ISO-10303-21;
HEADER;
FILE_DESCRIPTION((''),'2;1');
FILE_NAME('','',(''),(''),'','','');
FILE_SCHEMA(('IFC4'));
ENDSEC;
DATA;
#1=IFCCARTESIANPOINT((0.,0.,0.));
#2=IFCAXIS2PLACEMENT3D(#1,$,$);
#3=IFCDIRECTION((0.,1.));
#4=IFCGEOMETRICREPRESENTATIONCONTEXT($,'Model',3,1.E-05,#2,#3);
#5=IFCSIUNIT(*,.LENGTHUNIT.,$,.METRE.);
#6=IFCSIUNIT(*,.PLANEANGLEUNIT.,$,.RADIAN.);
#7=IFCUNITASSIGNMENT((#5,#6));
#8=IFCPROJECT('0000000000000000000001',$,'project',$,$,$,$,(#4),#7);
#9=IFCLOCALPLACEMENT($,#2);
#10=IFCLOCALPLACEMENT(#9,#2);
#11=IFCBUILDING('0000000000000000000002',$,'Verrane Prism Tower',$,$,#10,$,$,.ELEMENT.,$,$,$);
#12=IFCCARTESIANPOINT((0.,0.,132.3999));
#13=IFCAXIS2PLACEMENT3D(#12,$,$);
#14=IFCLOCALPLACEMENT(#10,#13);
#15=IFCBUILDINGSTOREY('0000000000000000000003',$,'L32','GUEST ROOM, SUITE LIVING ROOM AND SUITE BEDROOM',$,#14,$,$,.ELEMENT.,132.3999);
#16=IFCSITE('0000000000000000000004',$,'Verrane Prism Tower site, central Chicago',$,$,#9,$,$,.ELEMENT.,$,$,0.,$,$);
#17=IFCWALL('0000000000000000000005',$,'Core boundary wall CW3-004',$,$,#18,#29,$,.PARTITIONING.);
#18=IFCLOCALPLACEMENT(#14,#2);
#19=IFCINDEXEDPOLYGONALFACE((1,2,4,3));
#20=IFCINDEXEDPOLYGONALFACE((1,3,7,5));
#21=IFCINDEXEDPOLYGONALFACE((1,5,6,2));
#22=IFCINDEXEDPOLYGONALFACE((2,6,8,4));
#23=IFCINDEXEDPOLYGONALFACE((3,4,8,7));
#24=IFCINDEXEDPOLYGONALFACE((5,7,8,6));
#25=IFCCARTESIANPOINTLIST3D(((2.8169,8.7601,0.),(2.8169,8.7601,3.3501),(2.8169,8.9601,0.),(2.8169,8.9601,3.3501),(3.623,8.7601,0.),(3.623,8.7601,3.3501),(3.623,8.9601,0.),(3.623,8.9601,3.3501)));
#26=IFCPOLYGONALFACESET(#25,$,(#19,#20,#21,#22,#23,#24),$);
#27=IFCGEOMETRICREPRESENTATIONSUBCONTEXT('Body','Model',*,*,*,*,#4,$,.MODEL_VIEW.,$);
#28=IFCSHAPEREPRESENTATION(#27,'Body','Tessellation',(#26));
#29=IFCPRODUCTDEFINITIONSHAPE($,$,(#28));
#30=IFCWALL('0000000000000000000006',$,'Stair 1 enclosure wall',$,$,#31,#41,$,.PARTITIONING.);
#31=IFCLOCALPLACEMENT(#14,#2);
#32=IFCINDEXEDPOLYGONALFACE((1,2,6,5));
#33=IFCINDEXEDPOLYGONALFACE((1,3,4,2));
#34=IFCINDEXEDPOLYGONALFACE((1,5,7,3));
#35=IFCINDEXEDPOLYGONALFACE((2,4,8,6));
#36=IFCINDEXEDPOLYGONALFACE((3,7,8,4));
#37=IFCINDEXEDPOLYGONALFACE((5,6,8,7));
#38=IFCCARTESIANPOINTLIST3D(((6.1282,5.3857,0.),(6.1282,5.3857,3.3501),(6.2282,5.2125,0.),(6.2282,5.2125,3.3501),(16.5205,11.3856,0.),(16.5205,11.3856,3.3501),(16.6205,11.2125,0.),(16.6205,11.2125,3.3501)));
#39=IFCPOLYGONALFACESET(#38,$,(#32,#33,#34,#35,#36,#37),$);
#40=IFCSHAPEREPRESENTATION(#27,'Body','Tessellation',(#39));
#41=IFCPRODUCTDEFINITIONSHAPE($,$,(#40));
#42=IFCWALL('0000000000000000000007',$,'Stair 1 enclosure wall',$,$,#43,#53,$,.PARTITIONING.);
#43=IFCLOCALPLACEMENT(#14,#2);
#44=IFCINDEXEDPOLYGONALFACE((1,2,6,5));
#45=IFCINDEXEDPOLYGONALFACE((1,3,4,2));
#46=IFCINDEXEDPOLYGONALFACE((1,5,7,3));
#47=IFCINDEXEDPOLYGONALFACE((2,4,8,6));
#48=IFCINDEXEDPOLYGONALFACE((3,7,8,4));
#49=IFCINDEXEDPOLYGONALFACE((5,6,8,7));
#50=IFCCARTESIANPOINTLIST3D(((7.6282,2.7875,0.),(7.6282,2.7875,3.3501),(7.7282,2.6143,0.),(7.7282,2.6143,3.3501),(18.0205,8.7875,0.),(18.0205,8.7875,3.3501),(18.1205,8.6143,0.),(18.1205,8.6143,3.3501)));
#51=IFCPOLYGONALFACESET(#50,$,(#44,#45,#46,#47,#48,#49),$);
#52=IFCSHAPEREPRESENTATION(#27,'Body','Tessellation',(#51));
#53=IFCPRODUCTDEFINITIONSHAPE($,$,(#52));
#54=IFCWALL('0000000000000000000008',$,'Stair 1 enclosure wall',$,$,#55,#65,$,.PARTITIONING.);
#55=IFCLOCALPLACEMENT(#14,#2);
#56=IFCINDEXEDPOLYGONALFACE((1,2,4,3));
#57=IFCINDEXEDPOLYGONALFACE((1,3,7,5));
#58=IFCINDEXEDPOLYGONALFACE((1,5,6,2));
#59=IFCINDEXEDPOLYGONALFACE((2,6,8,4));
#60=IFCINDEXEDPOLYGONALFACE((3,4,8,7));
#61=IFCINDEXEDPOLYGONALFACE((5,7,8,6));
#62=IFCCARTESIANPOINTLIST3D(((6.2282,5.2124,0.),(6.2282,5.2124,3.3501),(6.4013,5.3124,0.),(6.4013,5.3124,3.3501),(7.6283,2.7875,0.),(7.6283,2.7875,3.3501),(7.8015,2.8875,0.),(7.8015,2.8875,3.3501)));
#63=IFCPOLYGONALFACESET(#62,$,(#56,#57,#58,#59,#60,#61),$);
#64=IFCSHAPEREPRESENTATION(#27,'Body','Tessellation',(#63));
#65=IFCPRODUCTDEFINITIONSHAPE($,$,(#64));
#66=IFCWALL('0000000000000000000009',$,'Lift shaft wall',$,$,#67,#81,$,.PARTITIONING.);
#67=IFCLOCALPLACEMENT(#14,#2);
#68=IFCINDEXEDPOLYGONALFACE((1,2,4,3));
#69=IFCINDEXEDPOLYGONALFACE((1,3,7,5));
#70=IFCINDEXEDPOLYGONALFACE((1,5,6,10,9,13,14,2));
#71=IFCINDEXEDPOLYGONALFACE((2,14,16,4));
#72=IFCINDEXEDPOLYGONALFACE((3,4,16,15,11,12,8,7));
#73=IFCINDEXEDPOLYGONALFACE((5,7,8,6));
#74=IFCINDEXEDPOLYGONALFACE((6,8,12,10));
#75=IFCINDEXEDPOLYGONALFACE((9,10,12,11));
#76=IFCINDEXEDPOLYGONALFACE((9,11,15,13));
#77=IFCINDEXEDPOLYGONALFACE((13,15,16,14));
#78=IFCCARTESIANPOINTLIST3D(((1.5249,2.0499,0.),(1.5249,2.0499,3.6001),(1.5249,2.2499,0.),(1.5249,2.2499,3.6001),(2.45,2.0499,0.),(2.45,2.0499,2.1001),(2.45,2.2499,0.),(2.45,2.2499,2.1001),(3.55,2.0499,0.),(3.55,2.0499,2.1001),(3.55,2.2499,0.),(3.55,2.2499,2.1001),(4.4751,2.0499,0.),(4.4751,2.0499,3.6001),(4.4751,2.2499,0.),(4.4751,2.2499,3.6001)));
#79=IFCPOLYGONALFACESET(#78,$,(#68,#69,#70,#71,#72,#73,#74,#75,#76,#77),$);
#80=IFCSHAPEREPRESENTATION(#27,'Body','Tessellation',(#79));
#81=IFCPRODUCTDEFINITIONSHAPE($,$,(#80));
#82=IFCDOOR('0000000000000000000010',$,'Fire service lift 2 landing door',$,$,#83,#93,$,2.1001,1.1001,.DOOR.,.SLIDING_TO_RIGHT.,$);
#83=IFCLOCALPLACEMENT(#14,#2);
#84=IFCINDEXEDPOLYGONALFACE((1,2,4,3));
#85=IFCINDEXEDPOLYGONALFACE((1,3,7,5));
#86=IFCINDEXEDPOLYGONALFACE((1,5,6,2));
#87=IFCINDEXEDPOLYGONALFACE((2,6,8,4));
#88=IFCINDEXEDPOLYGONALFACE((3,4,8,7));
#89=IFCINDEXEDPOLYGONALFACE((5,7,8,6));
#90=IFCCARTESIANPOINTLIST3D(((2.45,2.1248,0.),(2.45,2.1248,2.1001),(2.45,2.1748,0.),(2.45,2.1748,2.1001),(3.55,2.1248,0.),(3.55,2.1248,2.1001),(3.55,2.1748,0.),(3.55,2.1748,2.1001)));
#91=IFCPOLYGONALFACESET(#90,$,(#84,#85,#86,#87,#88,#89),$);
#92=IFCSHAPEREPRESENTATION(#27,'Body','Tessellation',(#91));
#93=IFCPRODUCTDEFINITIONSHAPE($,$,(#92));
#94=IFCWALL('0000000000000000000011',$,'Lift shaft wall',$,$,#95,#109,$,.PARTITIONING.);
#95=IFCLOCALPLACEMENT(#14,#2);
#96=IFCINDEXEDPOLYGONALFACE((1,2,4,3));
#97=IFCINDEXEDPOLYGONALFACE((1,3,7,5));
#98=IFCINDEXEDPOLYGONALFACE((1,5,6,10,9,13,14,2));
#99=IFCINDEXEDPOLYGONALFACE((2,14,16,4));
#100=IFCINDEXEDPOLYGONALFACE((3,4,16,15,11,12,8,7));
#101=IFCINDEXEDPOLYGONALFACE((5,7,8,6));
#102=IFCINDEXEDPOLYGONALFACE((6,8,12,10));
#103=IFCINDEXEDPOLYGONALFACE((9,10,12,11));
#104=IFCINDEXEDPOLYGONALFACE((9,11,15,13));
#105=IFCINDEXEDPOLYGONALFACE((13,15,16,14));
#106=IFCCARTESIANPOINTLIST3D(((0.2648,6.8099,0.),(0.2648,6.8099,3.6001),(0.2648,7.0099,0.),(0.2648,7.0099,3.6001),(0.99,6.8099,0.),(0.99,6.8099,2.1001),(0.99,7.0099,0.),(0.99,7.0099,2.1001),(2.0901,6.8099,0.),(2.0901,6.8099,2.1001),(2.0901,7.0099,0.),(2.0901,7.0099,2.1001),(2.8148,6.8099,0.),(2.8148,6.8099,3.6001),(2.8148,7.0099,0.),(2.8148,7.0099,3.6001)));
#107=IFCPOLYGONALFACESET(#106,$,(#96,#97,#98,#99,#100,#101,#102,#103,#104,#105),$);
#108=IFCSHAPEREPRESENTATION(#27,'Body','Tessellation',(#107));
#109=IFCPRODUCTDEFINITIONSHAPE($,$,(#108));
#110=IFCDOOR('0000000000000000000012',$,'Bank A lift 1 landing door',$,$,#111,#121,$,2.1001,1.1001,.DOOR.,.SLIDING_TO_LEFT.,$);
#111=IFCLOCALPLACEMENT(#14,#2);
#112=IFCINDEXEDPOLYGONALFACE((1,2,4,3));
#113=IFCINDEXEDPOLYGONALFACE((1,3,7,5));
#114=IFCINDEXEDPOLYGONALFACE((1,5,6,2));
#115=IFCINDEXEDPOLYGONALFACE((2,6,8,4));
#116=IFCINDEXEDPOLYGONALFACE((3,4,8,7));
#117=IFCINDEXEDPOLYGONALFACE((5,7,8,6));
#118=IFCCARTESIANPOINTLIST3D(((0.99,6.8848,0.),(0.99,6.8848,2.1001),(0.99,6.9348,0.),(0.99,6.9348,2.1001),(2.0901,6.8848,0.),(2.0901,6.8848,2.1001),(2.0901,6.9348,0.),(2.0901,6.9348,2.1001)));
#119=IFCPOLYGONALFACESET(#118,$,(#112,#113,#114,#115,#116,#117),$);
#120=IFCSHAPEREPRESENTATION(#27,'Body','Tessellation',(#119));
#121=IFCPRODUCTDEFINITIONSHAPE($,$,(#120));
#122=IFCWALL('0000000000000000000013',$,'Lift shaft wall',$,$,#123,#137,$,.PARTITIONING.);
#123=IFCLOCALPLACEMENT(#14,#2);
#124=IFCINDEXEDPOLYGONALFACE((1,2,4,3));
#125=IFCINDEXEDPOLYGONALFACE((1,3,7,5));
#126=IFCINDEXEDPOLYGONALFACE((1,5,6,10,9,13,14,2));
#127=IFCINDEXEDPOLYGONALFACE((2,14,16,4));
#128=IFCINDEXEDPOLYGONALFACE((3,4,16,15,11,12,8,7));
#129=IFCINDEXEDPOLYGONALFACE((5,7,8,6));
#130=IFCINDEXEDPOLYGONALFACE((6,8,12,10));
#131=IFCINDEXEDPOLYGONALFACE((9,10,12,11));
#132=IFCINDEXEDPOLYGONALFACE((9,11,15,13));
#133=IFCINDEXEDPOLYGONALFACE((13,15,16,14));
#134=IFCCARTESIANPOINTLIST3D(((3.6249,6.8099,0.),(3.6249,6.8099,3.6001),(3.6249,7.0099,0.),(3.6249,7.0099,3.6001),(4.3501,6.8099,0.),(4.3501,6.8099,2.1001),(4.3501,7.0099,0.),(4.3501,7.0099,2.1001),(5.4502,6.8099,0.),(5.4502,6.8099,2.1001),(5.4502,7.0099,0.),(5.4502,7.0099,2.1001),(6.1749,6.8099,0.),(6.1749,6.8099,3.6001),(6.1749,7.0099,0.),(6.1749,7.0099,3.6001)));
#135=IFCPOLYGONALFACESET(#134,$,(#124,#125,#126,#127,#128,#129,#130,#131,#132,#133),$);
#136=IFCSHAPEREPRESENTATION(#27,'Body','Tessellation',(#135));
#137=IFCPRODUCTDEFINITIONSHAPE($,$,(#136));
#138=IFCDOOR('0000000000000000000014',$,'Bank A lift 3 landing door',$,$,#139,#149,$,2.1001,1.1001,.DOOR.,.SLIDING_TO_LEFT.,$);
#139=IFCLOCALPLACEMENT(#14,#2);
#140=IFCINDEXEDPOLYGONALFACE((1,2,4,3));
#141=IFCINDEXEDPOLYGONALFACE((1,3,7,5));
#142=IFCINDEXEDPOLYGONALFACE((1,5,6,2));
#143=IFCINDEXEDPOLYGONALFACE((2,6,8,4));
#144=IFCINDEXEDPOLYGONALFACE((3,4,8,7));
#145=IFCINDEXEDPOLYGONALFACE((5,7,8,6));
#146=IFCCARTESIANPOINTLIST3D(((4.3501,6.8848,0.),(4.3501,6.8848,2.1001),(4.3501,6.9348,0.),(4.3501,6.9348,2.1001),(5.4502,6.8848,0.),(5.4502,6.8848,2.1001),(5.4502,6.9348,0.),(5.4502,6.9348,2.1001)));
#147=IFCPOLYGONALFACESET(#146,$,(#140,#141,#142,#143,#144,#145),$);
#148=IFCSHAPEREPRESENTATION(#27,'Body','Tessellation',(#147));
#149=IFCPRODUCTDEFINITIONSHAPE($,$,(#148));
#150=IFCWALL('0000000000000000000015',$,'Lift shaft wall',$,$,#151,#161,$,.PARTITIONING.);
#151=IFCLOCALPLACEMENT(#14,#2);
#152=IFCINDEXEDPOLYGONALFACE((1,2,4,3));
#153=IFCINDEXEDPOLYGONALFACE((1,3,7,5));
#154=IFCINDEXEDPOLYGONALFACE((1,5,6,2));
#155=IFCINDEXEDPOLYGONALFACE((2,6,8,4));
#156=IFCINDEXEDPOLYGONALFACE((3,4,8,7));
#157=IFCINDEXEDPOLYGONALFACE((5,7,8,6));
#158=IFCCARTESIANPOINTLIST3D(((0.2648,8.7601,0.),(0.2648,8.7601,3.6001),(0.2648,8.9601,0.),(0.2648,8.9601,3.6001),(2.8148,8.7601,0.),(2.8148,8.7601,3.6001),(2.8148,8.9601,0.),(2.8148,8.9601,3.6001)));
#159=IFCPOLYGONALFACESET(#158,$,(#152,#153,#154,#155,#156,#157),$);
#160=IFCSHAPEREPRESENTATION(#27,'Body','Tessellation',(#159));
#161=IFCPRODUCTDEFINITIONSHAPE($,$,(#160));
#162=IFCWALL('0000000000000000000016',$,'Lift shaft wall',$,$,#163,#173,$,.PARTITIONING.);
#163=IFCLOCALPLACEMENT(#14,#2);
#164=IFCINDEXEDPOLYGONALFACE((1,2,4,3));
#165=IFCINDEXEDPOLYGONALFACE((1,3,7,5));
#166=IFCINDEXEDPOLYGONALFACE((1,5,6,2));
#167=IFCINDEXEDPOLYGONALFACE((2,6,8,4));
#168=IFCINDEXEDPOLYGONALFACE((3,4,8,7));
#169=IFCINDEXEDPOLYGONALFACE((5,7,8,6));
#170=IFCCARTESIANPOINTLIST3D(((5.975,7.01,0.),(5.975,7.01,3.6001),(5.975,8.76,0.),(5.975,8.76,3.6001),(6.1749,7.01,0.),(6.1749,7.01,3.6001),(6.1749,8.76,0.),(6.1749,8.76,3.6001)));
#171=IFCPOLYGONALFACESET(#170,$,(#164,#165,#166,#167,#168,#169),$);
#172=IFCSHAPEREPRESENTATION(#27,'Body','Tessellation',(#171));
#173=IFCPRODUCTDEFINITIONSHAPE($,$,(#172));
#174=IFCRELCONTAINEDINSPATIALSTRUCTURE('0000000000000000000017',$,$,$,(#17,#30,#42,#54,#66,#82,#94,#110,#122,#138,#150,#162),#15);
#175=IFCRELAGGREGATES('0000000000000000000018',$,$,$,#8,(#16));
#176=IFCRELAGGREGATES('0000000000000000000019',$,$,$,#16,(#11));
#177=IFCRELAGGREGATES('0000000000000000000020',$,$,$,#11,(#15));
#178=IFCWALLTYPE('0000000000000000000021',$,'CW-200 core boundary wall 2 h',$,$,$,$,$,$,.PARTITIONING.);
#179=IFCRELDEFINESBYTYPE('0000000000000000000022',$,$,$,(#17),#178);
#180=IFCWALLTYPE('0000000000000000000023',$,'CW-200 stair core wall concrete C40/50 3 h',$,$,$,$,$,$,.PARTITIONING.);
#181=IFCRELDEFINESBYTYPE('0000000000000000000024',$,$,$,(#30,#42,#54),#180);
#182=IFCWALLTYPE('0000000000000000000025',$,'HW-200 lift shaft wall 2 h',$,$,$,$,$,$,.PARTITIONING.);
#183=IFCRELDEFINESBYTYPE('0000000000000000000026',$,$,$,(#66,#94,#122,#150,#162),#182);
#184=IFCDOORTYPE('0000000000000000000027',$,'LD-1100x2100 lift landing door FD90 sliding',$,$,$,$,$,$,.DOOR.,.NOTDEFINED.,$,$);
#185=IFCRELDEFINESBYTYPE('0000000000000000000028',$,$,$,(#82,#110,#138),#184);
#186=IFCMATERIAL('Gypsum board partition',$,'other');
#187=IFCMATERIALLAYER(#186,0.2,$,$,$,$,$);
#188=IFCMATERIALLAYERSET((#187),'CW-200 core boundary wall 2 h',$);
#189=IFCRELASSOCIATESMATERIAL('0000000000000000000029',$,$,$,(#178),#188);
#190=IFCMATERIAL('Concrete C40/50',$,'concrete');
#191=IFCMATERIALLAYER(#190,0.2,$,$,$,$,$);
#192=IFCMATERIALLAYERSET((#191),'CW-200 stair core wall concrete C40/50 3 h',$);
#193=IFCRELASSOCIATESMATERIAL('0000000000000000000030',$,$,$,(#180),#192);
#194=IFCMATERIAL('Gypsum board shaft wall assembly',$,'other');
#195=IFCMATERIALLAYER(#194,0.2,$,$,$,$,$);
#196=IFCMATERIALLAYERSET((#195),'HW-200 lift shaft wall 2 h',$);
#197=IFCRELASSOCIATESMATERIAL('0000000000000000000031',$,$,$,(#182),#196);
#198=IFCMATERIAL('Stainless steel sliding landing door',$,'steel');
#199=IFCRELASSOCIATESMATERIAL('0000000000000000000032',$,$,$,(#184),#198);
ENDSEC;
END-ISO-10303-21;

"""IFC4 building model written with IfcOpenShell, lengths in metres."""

from ifc_helpers import new_model, si_unit, direction, frame, frame_2d, origin, place, context, subcontext, project, spatial, rectangle, extrude, material, layer, layer_set, type_object, element, fill, save


model = new_model("IFC4")

# Units and contexts
model_context = context("Model", 3, precision=1e-05, world=origin(), true_north=direction((0.0, 1.0)))
body_context = subcontext(model_context, "Body", "Model", "MODEL_VIEW")
ifc_project = project(units=[si_unit("LENGTHUNIT", "METRE"), si_unit("PLANEANGLEUNIT", "RADIAN")], contexts=[model_context])

# Site, building, storey
site_placement = place(None, origin())
site = spatial("IfcSite", under=ifc_project, at=site_placement, Name="Verrane Prism Tower site, central Chicago", CompositionType="ELEMENT", RefElevation=0.0)
building_placement = place(site_placement, origin())
building = spatial("IfcBuilding", under=site, at=building_placement, Name="Verrane Prism Tower", CompositionType="ELEMENT")
storey_placement = place(building_placement, frame((0.0, 0.0, 132.3999)))
storey = spatial("IfcBuildingStorey", under=building, at=storey_placement, Name="L32", Description="GUEST ROOM, SUITE LIVING ROOM AND SUITE BEDROOM", CompositionType="ELEMENT", Elevation=132.3999)

# Shared definitions
ifc_material_1 = material(Name="Gypsum board partition", Category="other")
ifc_layer_1 = layer(ifc_material_1, 0.2)
ifc_layer_set_1 = layer_set([ifc_layer_1], Name="CW-200 core boundary wall 2 h")
wall_type_1 = type_object("IfcWallType", Name="CW-200 core boundary wall 2 h", PredefinedType="PARTITIONING", material=ifc_layer_set_1)

# Walls
wall_1_placement = place(storey_placement, frame((2.8169, 8.8601, 0.0), z_axis=(0.0, 0.0, 1.0), x_axis=(1.0, 0.0, 0.0)))
element("IfcWall", 1, at=wall_1_placement, inside=storey, type_object=wall_type_1, Name="Core boundary wall CW3-004", PredefinedType="PARTITIONING", context=body_context, shape_type="SweptSolid", body=[
    extrude(rectangle(XDim=0.8062, YDim=0.2, at=frame_2d((0.4031, 0.0))), origin(), (0.0, 0.0, 1.0), 3.3501),
])
ifc_material_2 = material(Name="Concrete C40/50", Category="concrete")
ifc_layer_2 = layer(ifc_material_2, 0.2)
ifc_layer_set_2 = layer_set([ifc_layer_2], Name="CW-200 stair core wall concrete C40/50 3 h")
wall_type_2 = type_object("IfcWallType", Name="CW-200 stair core wall concrete C40/50 3 h", PredefinedType="PARTITIONING", material=ifc_layer_set_2)
for number, where, z_axis, x_axis, name in (
    (2, (6.1782, 5.2991, 0.0), (0.0, 0.0, 1.0), (0.866026, 0.499999, 0.0), "Stair 1 enclosure wall"),
    (3, (7.6782, 2.7009, 0.0), (0.0, 0.0, 1.0), (0.866026, 0.499999, 0.0), "Stair 1 enclosure wall"),
):
    element("IfcWall", number, at=place(storey_placement, frame(where, z_axis=z_axis, x_axis=x_axis)), inside=storey, type_object=wall_type_2, Name=name, PredefinedType="PARTITIONING", context=body_context, shape_type="SweptSolid", body=[
        extrude(rectangle(XDim=12.0, YDim=0.2, at=frame_2d((6.0, 0.0))), origin(), (0.0, 0.0, 1.0), 3.3501),
    ])
wall_2_placement = place(storey_placement, frame((7.7148, 2.8376, 0.0), z_axis=(0.0, 0.0, 1.0), x_axis=(-0.50005, 0.865997, 0.0)))
element("IfcWall", 4, at=wall_2_placement, inside=storey, type_object=wall_type_2, Name="Stair 1 enclosure wall", PredefinedType="PARTITIONING", context=body_context, shape_type="SweptSolid", body=[
    extrude(rectangle(XDim=2.8, YDim=0.2, at=frame_2d((1.3999, 0.0))), origin(), (0.0, 0.0, 1.0), 3.3501),
])

# Walls, openings, doors
ifc_material_3 = material(Name="Gypsum board shaft wall assembly", Category="other")
ifc_layer_3 = layer(ifc_material_3, 0.2)
ifc_layer_set_3 = layer_set([ifc_layer_3], Name="HW-200 lift shaft wall 2 h")
wall_type_3 = type_object("IfcWallType", Name="HW-200 lift shaft wall 2 h", PredefinedType="PARTITIONING", material=ifc_layer_set_3)
wall_3_placement = place(storey_placement, frame((1.5249, 2.1499, 0.0), z_axis=(0.0, 0.0, 1.0), x_axis=(1.0, 0.0, 0.0)))
wall_3 = element("IfcWall", 5, at=wall_3_placement, inside=storey, type_object=wall_type_3, Name="Lift shaft wall", PredefinedType="PARTITIONING", context=body_context, shape_type="SweptSolid", body=[
    extrude(rectangle(XDim=2.9502, YDim=0.2, at=frame_2d((1.4751, 0.0))), origin(), (0.0, 0.0, 1.0), 3.6001),
])
opening_1_placement = place(wall_3_placement, frame((0.925, 0.0, 0.0)))
opening_1 = element("IfcOpeningElement", 6, at=opening_1_placement, cuts=wall_3, PredefinedType="OPENING", context=body_context, shape_type="SweptSolid", body=[
    extrude(rectangle(XDim=1.1001, YDim=2.1001, at=frame_2d((0.55, 1.05))), frame((0.0, 0.1099, 0.0), z_axis=(0.0, -1.0, 0.0), x_axis=(1.0, 0.0, 0.0)), (0.0, 0.0, 1.0), 0.22),
])
ifc_material_4 = material(Name="Stainless steel sliding landing door", Category="steel")
door_type_1 = type_object("IfcDoorType", Name="LD-1100x2100 lift landing door FD90 sliding", OperationType="NOTDEFINED", PredefinedType="DOOR", material=ifc_material_4)
door_1_placement = place(opening_1_placement, origin())
door_1 = element("IfcDoor", 7, at=door_1_placement, inside=storey, type_object=door_type_1, Name="Fire service lift 2 landing door", OperationType="SLIDING_TO_RIGHT", OverallHeight=2.1001, OverallWidth=1.1001, PredefinedType="DOOR", context=body_context, shape_type="SweptSolid", body=[
    extrude(rectangle(XDim=1.1001, YDim=2.1001, at=frame_2d((0.55, 1.05))), frame((0.0, 0.0249, 0.0), z_axis=(0.0, -1.0, 0.0), x_axis=(1.0, 0.0, 0.0)), (0.0, 0.0, 1.0), 0.05),
])
fill(opening_1, door_1)
wall_4_placement = place(storey_placement, frame((0.2649, 6.9099, 0.0), z_axis=(0.0, 0.0, 1.0), x_axis=(1.0, 0.0, 0.0)))
wall_4 = element("IfcWall", 8, at=wall_4_placement, inside=storey, type_object=wall_type_3, Name="Lift shaft wall", PredefinedType="PARTITIONING", context=body_context, shape_type="SweptSolid", body=[
    extrude(rectangle(XDim=2.55, YDim=0.2, at=frame_2d((1.2749, 0.0))), origin(), (0.0, 0.0, 1.0), 3.6001),
])
opening_2_placement = place(wall_4_placement, frame((0.7251, 0.0, 0.0)))
opening_2 = element("IfcOpeningElement", 9, at=opening_2_placement, cuts=wall_4, PredefinedType="OPENING", context=body_context, shape_type="SweptSolid", body=[
    extrude(rectangle(XDim=1.1001, YDim=2.1001, at=frame_2d((0.55, 1.05))), frame((0.0, 0.1099, 0.0), z_axis=(0.0, -1.0, 0.0), x_axis=(1.0, 0.0, 0.0)), (0.0, 0.0, 1.0), 0.22),
])
door_2_placement = place(opening_2_placement, origin())
door_2 = element("IfcDoor", 10, at=door_2_placement, inside=storey, type_object=door_type_1, Name="Bank A lift 1 landing door", OperationType="SLIDING_TO_LEFT", OverallHeight=2.1001, OverallWidth=1.1001, PredefinedType="DOOR", context=body_context, shape_type="SweptSolid", body=[
    extrude(rectangle(XDim=1.1001, YDim=2.1001, at=frame_2d((0.55, 1.05))), frame((0.0, 0.0249, 0.0), z_axis=(0.0, -1.0, 0.0), x_axis=(1.0, 0.0, 0.0)), (0.0, 0.0, 1.0), 0.05),
])
fill(opening_2, door_2)
wall_5_placement = place(storey_placement, frame((3.625, 6.9099, 0.0), z_axis=(0.0, 0.0, 1.0), x_axis=(1.0, 0.0, 0.0)))
wall_5 = element("IfcWall", 11, at=wall_5_placement, inside=storey, type_object=wall_type_3, Name="Lift shaft wall", PredefinedType="PARTITIONING", context=body_context, shape_type="SweptSolid", body=[
    extrude(rectangle(XDim=2.55, YDim=0.2, at=frame_2d((1.2749, 0.0))), origin(), (0.0, 0.0, 1.0), 3.6001),
])
opening_3_placement = place(wall_5_placement, frame((0.7251, 0.0, 0.0)))
opening_3 = element("IfcOpeningElement", 12, at=opening_3_placement, cuts=wall_5, PredefinedType="OPENING", context=body_context, shape_type="SweptSolid", body=[
    extrude(rectangle(XDim=1.1001, YDim=2.1001, at=frame_2d((0.55, 1.05))), frame((0.0, 0.1099, 0.0), z_axis=(0.0, -1.0, 0.0), x_axis=(1.0, 0.0, 0.0)), (0.0, 0.0, 1.0), 0.22),
])
door_3_placement = place(opening_3_placement, origin())
door_3 = element("IfcDoor", 13, at=door_3_placement, inside=storey, type_object=door_type_1, Name="Bank A lift 3 landing door", OperationType="SLIDING_TO_LEFT", OverallHeight=2.1001, OverallWidth=1.1001, PredefinedType="DOOR", context=body_context, shape_type="SweptSolid", body=[
    extrude(rectangle(XDim=1.1001, YDim=2.1001, at=frame_2d((0.55, 1.05))), frame((0.0, 0.0249, 0.0), z_axis=(0.0, -1.0, 0.0), x_axis=(1.0, 0.0, 0.0)), (0.0, 0.0, 1.0), 0.05),
])
fill(opening_3, door_3)

# Walls
wall_6_placement = place(storey_placement, frame((0.2649, 8.8601, 0.0), z_axis=(0.0, 0.0, 1.0), x_axis=(1.0, 0.0, 0.0)))
element("IfcWall", 14, at=wall_6_placement, inside=storey, type_object=wall_type_3, Name="Lift shaft wall", PredefinedType="PARTITIONING", context=body_context, shape_type="SweptSolid", body=[
    extrude(rectangle(XDim=2.55, YDim=0.2, at=frame_2d((1.2749, 0.0))), origin(), (0.0, 0.0, 1.0), 3.6001),
])
wall_7_placement = place(storey_placement, frame((6.075, 7.01, 0.0), z_axis=(0.0, 0.0, 1.0), x_axis=(0.0, 1.0, 0.0)))
element("IfcWall", 15, at=wall_7_placement, inside=storey, type_object=wall_type_3, Name="Lift shaft wall", PredefinedType="PARTITIONING", context=body_context, shape_type="SweptSolid", body=[
    extrude(rectangle(XDim=1.75, YDim=0.2, at=frame_2d((0.875, 0.0))), origin(), (0.0, 0.0, 1.0), 3.6001),
])

save(model, "model.ifc")
